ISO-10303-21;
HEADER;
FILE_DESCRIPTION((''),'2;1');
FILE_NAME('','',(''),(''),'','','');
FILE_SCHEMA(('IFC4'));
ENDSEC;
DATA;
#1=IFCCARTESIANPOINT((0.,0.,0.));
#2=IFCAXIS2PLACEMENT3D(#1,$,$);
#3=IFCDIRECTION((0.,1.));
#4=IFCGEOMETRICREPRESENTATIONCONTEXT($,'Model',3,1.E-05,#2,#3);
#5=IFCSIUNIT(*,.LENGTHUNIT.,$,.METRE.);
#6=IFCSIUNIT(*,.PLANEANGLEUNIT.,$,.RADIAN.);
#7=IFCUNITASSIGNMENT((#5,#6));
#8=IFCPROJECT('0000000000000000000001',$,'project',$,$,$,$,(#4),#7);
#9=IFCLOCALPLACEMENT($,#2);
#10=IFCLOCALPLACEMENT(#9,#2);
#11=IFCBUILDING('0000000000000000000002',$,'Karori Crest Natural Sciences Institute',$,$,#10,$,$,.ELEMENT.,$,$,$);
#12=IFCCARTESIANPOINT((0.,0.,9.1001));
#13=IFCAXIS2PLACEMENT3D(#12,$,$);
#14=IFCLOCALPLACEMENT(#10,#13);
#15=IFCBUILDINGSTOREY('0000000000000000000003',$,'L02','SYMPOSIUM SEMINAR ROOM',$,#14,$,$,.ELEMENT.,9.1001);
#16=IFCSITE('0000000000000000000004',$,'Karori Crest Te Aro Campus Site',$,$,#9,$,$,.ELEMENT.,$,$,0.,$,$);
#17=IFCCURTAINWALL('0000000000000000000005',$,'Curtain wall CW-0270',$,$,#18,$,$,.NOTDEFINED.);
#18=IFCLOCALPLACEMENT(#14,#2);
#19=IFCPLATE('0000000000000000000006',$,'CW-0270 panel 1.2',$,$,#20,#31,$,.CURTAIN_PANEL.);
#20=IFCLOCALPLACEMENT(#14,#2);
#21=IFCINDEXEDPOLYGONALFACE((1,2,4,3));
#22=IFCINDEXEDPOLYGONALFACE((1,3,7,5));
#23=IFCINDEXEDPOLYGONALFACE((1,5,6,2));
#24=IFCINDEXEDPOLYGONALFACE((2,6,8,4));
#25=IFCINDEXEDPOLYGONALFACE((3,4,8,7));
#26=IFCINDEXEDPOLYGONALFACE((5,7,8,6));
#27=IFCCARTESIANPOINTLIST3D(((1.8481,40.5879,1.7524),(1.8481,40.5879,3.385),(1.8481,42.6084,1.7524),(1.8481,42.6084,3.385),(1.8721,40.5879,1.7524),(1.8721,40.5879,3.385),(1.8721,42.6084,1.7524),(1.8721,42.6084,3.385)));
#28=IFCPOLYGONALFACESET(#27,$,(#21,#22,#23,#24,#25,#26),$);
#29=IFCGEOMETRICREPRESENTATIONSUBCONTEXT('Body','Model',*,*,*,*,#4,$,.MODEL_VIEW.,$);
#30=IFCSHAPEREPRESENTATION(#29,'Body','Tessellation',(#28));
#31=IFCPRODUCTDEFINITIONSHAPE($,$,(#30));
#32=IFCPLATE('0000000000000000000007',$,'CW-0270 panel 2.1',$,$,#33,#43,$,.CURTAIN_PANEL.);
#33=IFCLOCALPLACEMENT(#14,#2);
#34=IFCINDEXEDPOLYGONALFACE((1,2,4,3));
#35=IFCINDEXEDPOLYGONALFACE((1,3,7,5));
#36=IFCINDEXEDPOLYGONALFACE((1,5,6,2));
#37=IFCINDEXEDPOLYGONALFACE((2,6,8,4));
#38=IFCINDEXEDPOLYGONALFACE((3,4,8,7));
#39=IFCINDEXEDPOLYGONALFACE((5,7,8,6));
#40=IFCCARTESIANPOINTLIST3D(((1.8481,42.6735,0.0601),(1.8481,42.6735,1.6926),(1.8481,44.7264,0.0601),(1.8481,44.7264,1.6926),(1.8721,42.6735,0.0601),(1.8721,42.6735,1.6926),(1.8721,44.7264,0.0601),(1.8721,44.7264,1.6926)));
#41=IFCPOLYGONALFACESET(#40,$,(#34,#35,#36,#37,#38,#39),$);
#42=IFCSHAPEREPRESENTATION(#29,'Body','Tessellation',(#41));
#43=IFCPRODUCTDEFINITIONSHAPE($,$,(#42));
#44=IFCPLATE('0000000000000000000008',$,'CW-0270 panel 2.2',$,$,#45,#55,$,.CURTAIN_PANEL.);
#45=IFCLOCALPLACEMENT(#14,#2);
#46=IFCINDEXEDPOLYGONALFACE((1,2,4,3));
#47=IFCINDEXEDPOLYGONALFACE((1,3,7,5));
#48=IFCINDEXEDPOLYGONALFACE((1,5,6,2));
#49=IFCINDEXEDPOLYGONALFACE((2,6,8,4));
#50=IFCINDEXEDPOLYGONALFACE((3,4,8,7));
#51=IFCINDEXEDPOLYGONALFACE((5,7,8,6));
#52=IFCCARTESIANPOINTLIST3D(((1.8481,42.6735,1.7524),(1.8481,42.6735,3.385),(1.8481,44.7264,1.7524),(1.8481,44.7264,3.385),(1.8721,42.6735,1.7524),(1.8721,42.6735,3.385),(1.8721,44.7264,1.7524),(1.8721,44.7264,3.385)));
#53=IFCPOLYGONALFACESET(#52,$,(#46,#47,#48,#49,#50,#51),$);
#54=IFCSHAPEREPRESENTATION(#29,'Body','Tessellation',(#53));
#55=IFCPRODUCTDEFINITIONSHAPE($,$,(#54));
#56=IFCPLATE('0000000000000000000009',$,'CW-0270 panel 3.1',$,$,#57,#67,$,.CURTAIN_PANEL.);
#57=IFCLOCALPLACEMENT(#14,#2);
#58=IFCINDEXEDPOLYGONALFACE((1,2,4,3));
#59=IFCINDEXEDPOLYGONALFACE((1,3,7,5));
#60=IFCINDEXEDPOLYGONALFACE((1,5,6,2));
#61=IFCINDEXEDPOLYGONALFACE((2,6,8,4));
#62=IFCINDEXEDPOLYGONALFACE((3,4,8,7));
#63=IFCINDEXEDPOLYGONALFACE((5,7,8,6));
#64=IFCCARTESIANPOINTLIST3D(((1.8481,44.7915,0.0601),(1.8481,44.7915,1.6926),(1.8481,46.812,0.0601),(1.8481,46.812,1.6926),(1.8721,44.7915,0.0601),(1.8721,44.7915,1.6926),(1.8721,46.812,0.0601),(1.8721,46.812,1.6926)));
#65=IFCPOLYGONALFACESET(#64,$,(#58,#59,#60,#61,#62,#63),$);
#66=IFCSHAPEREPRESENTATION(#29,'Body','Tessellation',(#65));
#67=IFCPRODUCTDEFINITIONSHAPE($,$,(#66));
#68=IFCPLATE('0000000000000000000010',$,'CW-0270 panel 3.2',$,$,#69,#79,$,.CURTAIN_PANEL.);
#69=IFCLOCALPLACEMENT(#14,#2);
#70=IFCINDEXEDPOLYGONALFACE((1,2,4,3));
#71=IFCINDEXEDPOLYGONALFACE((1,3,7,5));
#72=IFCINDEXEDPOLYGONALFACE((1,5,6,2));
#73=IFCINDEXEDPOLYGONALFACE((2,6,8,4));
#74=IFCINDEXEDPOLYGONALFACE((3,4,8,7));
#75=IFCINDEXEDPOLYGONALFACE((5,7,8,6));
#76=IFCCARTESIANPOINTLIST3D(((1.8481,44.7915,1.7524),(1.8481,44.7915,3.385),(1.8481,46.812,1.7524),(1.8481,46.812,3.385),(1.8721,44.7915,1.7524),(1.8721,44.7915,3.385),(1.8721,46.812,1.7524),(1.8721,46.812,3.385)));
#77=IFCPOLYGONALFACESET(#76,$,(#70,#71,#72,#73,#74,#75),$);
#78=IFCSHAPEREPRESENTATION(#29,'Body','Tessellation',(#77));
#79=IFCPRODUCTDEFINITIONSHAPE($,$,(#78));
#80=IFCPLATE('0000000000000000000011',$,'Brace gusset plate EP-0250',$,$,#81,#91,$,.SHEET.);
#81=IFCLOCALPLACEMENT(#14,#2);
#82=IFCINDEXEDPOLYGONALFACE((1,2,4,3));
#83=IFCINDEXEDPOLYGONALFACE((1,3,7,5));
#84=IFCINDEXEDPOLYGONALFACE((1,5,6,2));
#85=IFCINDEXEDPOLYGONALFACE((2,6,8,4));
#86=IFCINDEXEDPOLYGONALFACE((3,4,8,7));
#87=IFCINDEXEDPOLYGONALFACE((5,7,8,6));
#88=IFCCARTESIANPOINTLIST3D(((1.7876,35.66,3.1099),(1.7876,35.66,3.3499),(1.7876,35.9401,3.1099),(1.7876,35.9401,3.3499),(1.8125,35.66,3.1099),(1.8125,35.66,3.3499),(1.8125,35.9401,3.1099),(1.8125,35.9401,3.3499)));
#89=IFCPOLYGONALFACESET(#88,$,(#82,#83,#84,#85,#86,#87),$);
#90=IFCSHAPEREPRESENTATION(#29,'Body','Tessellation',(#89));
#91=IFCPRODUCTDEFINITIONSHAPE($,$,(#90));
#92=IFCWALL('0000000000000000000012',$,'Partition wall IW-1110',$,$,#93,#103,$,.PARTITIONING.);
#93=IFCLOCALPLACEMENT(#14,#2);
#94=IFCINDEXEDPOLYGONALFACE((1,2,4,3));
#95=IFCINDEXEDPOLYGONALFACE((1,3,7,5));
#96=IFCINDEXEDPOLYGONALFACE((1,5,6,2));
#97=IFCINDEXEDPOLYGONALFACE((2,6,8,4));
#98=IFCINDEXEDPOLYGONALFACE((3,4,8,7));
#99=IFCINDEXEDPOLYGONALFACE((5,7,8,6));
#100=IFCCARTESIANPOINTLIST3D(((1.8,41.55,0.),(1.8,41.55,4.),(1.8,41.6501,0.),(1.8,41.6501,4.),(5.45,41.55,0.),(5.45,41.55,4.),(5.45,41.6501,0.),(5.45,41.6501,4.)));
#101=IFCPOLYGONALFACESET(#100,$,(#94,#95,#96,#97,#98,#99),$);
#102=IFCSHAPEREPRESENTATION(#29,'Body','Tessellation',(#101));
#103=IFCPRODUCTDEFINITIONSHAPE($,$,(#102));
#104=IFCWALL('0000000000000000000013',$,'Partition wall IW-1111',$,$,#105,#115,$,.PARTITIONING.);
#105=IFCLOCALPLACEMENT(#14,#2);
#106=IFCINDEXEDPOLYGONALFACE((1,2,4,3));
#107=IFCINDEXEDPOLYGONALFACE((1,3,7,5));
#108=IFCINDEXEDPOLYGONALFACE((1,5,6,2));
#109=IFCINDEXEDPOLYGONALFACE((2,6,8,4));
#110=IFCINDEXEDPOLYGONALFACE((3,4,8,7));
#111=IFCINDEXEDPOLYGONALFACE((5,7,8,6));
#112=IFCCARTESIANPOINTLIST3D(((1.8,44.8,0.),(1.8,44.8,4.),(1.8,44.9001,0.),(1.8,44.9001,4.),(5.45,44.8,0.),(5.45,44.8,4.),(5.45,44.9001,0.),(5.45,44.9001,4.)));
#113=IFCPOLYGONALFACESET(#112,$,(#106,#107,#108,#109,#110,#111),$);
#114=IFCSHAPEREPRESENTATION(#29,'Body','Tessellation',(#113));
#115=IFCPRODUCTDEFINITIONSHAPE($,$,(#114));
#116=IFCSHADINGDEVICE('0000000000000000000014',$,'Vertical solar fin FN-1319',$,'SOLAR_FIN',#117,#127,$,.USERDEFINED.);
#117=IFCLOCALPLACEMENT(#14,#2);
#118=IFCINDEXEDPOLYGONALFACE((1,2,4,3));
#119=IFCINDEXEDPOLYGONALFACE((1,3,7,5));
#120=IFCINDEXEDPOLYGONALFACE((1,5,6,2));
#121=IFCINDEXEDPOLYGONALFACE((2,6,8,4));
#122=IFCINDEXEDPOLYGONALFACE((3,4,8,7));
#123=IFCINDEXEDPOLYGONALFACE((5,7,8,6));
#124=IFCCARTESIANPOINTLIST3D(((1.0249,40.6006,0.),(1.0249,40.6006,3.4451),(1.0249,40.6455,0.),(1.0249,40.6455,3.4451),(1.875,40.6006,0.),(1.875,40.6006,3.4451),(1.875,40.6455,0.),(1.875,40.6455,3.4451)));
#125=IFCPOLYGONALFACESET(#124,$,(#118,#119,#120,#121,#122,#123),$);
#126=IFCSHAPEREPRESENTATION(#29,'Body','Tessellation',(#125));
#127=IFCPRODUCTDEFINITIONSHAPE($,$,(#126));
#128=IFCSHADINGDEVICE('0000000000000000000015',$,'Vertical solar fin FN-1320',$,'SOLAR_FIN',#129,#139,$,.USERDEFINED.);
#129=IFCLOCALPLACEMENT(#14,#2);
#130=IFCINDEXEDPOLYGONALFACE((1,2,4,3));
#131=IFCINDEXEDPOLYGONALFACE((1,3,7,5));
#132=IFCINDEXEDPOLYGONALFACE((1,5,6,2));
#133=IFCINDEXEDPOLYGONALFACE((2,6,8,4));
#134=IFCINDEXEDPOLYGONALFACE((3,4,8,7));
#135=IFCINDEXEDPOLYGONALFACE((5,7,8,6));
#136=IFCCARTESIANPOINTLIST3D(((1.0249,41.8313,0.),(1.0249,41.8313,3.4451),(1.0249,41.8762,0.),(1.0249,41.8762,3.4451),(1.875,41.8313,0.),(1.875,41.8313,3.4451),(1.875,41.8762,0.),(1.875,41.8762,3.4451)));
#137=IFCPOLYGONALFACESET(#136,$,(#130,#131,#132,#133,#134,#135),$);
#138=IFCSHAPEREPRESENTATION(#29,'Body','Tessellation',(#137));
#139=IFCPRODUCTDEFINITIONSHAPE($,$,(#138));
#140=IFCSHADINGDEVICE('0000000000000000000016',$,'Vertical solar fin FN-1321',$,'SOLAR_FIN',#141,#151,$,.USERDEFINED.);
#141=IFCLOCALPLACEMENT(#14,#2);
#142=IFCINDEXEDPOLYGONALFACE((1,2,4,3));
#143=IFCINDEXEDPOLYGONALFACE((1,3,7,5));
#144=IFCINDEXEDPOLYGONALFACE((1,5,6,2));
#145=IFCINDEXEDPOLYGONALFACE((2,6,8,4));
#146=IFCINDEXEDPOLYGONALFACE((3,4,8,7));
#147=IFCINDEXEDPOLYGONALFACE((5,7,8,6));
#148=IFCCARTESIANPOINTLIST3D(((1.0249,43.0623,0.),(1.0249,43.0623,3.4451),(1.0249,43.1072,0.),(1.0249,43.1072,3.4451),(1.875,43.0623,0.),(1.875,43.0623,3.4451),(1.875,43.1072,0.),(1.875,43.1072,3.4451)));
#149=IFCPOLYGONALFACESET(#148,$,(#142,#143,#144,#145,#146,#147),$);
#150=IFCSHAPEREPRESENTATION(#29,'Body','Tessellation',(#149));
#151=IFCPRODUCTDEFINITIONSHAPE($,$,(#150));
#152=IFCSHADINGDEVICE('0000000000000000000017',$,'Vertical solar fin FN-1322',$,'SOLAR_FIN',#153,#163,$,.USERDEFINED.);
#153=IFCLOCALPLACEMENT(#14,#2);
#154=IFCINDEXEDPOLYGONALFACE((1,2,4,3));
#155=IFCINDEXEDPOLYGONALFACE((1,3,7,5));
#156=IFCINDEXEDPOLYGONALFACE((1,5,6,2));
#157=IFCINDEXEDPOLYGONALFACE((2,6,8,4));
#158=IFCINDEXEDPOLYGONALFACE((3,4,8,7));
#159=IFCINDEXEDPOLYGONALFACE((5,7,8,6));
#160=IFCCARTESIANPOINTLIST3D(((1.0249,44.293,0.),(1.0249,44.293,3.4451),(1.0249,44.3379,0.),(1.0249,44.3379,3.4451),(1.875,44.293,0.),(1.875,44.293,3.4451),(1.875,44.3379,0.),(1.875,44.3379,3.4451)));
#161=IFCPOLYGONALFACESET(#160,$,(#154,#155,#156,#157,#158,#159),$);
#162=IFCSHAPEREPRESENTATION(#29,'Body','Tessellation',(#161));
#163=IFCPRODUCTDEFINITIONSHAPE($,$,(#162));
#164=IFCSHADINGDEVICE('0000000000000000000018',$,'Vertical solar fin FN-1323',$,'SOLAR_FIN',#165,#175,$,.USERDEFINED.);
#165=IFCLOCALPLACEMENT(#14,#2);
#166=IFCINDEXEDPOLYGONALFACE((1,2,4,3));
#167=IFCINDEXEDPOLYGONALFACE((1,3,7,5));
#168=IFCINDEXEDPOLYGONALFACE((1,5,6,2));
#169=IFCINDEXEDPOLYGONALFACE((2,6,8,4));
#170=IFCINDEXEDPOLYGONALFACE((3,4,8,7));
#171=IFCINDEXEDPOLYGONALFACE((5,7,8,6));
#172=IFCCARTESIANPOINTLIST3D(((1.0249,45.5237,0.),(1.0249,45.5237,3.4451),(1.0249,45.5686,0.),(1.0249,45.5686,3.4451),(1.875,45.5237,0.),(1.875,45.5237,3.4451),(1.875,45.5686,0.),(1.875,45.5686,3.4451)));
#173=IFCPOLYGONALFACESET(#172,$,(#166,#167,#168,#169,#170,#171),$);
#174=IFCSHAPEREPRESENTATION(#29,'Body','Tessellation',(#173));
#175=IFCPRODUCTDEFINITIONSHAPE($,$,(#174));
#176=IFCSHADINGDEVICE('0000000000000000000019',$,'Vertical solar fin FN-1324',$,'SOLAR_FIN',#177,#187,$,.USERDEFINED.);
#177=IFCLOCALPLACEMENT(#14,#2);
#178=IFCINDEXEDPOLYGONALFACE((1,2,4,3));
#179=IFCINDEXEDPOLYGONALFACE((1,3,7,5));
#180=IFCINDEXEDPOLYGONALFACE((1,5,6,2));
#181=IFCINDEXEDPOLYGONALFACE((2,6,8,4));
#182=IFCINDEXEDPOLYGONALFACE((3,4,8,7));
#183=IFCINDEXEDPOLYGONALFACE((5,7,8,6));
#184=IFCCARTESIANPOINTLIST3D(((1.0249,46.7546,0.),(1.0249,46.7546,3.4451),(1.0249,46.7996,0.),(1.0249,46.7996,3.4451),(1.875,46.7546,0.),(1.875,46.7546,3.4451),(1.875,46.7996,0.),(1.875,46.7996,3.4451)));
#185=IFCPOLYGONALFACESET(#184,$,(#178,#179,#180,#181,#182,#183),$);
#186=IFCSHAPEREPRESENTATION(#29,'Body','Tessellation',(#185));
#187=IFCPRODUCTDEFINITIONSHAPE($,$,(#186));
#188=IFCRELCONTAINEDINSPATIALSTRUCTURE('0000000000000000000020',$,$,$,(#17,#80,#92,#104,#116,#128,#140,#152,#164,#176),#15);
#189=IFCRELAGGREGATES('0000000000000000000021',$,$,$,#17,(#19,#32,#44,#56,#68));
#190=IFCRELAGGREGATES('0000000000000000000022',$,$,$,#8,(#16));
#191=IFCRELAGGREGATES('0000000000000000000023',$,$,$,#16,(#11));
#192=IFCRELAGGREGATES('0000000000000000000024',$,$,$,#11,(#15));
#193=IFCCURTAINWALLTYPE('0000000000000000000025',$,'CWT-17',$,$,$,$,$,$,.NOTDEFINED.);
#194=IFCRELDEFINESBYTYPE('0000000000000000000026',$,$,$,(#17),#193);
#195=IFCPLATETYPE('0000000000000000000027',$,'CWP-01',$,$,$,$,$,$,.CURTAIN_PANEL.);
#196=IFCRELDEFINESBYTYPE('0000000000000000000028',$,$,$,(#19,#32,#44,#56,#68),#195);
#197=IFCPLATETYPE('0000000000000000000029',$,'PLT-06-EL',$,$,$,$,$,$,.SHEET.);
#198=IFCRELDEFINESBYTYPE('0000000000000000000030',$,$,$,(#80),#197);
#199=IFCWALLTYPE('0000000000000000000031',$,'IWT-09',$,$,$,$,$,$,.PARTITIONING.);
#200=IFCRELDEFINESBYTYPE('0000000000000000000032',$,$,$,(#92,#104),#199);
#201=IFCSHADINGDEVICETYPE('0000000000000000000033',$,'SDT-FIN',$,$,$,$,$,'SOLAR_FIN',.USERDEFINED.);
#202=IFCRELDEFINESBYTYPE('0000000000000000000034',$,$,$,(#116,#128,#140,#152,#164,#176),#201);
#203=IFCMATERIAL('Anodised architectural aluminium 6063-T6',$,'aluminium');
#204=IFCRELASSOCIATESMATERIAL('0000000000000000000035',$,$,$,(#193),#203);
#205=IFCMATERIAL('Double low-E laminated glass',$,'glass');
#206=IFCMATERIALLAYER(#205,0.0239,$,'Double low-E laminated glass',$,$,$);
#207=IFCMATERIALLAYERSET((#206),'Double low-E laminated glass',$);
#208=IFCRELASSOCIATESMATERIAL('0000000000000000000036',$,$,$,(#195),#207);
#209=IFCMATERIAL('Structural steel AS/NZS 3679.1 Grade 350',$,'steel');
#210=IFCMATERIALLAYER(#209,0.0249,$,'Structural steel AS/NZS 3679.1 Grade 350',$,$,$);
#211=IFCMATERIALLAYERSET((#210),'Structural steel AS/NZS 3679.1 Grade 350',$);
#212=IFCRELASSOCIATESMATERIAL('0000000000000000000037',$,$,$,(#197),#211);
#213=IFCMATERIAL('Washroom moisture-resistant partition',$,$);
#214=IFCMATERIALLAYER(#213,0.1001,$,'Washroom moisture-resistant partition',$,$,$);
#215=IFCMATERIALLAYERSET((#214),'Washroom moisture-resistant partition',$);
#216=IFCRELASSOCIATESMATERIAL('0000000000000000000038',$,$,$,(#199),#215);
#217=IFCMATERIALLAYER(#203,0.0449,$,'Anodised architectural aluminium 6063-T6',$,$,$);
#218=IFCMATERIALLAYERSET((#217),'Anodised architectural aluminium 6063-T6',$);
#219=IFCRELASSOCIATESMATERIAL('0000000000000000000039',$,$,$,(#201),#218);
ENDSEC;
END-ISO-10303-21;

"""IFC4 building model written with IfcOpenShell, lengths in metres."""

from ifc_helpers import new_model, si_unit, direction, frame, frame_2d, origin, origin_2d, place, context, subcontext, project, spatial, rectangle, extrude, material, layer, layer_set, type_object, element, aggregate, save


model = new_model("IFC4")

# Units and contexts
model_context = context("Model", 3, precision=1e-05, world=origin(), true_north=direction((0.0, 1.0)))
body_context = subcontext(model_context, "Body", "Model", "MODEL_VIEW")
ifc_project = project(units=[si_unit("LENGTHUNIT", "METRE"), si_unit("PLANEANGLEUNIT", "RADIAN")], contexts=[model_context])

# Site, building, storey
site_placement = place(None, origin())
site = spatial("IfcSite", under=ifc_project, at=site_placement, Name="Karori Crest Te Aro Campus Site", CompositionType="ELEMENT", RefElevation=0.0)
building_placement = place(site_placement, origin())
building = spatial("IfcBuilding", under=site, at=building_placement, Name="Karori Crest Natural Sciences Institute", CompositionType="ELEMENT")
storey_placement = place(building_placement, frame((0.0, 0.0, 9.1001)))
storey = spatial("IfcBuildingStorey", under=building, at=storey_placement, Name="L02", Description="SYMPOSIUM SEMINAR ROOM", CompositionType="ELEMENT", Elevation=9.1001)

# Shared definitions
ifc_material_1 = material(Name="Structural steel AS/NZS 3679.1 Grade 350", Category="steel")

# Curtain wall
ifc_material_2 = material(Name="Anodised architectural aluminium 6063-T6", Category="aluminium")
curtain_wall_type = type_object("IfcCurtainWallType", Name="CWT-17", PredefinedType="NOTDEFINED", material=ifc_material_2)
curtain_wall_1_placement = place(storey_placement, origin())
curtain_wall_1 = element("IfcCurtainWall", 1, at=curtain_wall_1_placement, inside=storey, type_object=curtain_wall_type, Name="Curtain wall CW-0270", PredefinedType="NOTDEFINED")

# Plates
ifc_material_3 = material(Name="Double low-E laminated glass", Category="glass")
ifc_layer_1 = layer(ifc_material_3, 0.0239, Name="Double low-E laminated glass")
ifc_layer_set_1 = layer_set([ifc_layer_1], Name="Double low-E laminated glass")
plate_type_1 = type_object("IfcPlateType", Name="CWP-01", PredefinedType="CURTAIN_PANEL", material=ifc_layer_set_1)
plate_1_placement = place(storey_placement, frame((1.8601, 41.5981, 1.7524), z_axis=(0.0, 0.0, 1.0), x_axis=(0.0, 1.0, 0.0)))
plate_1 = element("IfcPlate", 2, at=plate_1_placement, type_object=plate_type_1, Name="CW-0270 panel 1.2", PredefinedType="CURTAIN_PANEL", context=body_context, shape_type="SweptSolid", body=[
    extrude(rectangle(XDim=2.0205, YDim=0.0239, at=origin_2d()), origin(), (0.0, 0.0, 1.0), 1.6326),
])
plate_2_placement = place(storey_placement, frame((1.8601, 43.7, 0.0601), z_axis=(0.0, 0.0, 1.0), x_axis=(0.0, 1.0, 0.0)))
plate_2 = element("IfcPlate", 3, at=plate_2_placement, type_object=plate_type_1, Name="CW-0270 panel 2.1", PredefinedType="CURTAIN_PANEL", context=body_context, shape_type="SweptSolid", body=[
    extrude(rectangle(XDim=2.053, YDim=0.0239, at=origin_2d()), origin(), (0.0, 0.0, 1.0), 1.6326),
])
plate_3_placement = place(storey_placement, frame((1.8601, 43.7, 1.7524), z_axis=(0.0, 0.0, 1.0), x_axis=(0.0, 1.0, 0.0)))
plate_3 = element("IfcPlate", 4, at=plate_3_placement, type_object=plate_type_1, Name="CW-0270 panel 2.2", PredefinedType="CURTAIN_PANEL", context=body_context, shape_type="SweptSolid", body=[
    extrude(rectangle(XDim=2.053, YDim=0.0239, at=origin_2d()), origin(), (0.0, 0.0, 1.0), 1.6326),
])
plate_4_placement = place(storey_placement, frame((1.8601, 45.8018, 0.0601), z_axis=(0.0, 0.0, 1.0), x_axis=(0.0, 1.0, 0.0)))
plate_4 = element("IfcPlate", 5, at=plate_4_placement, type_object=plate_type_1, Name="CW-0270 panel 3.1", PredefinedType="CURTAIN_PANEL", context=body_context, shape_type="SweptSolid", body=[
    extrude(rectangle(XDim=2.0205, YDim=0.0239, at=origin_2d()), origin(), (0.0, 0.0, 1.0), 1.6326),
])
plate_5_placement = place(storey_placement, frame((1.8601, 45.8018, 1.7524), z_axis=(0.0, 0.0, 1.0), x_axis=(0.0, 1.0, 0.0)))
plate_5 = element("IfcPlate", 6, at=plate_5_placement, type_object=plate_type_1, Name="CW-0270 panel 3.2", PredefinedType="CURTAIN_PANEL", context=body_context, shape_type="SweptSolid", body=[
    extrude(rectangle(XDim=2.0205, YDim=0.0239, at=origin_2d()), origin(), (0.0, 0.0, 1.0), 1.6326),
])
aggregate(curtain_wall_1, [plate_1, plate_2, plate_3, plate_4, plate_5])
ifc_layer_2 = layer(ifc_material_1, 0.0249, Name="Structural steel AS/NZS 3679.1 Grade 350")
ifc_layer_set_2 = layer_set([ifc_layer_2], Name="Structural steel AS/NZS 3679.1 Grade 350")
plate_type_2 = type_object("IfcPlateType", Name="PLT-06-EL", PredefinedType="SHEET", material=ifc_layer_set_2)
plate_6_placement = place(storey_placement, frame((1.8, 35.8, 3.1099), z_axis=(0.0, 0.0, 1.0), x_axis=(0.0, 1.0, 0.0)))
element("IfcPlate", 7, at=plate_6_placement, inside=storey, type_object=plate_type_2, Name="Brace gusset plate EP-0250", PredefinedType="SHEET", context=body_context, shape_type="SweptSolid", body=[
    extrude(rectangle(XDim=0.28, YDim=0.0249, at=origin_2d()), origin(), (0.0, 0.0, 1.0), 0.24),
])

# Walls
ifc_material_4 = material(Name="Washroom moisture-resistant partition")
ifc_layer_3 = layer(ifc_material_4, 0.1001, Name="Washroom moisture-resistant partition")
ifc_layer_set_3 = layer_set([ifc_layer_3], Name="Washroom moisture-resistant partition")
wall_type = type_object("IfcWallType", Name="IWT-09", PredefinedType="PARTITIONING", material=ifc_layer_set_3)
for number, where, z_axis, x_axis, name in (
    (8, (1.8, 41.6001, 0.0), (0.0, 0.0, 1.0), (1.0, 0.0, 0.0), "Partition wall IW-1110"),
    (9, (1.8, 44.8501, 0.0), (0.0, 0.0, 1.0), (1.0, 0.0, 0.0), "Partition wall IW-1111"),
):
    element("IfcWall", number, at=place(storey_placement, frame(where, z_axis=z_axis, x_axis=x_axis)), inside=storey, type_object=wall_type, Name=name, PredefinedType="PARTITIONING", context=body_context, shape_type="SweptSolid", body=[
        extrude(rectangle(XDim=3.6499, YDim=0.1001, at=frame_2d((1.825, 0.0))), origin(), (0.0, 0.0, 1.0), 4.0),
    ])

# Shading devices
ifc_layer_4 = layer(ifc_material_2, 0.0449, Name="Anodised architectural aluminium 6063-T6")
ifc_layer_set_4 = layer_set([ifc_layer_4], Name="Anodised architectural aluminium 6063-T6")
shading_device_type = type_object("IfcShadingDeviceType", Name="SDT-FIN", ElementType="SOLAR_FIN", PredefinedType="USERDEFINED", material=ifc_layer_set_4)
for number, where, z_axis, x_axis, name in (
    (10, (1.45, 40.623, 0.0), (0.0, 0.0, 1.0), (-1.0, 0.0, 0.0), "Vertical solar fin FN-1319"),
    (11, (1.45, 41.8538, 0.0), (0.0, 0.0, 1.0), (-1.0, 0.0, 0.0), "Vertical solar fin FN-1320"),
    (12, (1.45, 43.0847, 0.0), (0.0, 0.0, 1.0), (-1.0, 0.0, 0.0), "Vertical solar fin FN-1321"),
    (13, (1.45, 44.3154, 0.0), (0.0, 0.0, 1.0), (-1.0, 0.0, 0.0), "Vertical solar fin FN-1322"),
    (14, (1.45, 45.5461, 0.0), (0.0, 0.0, 1.0), (-1.0, 0.0, 0.0), "Vertical solar fin FN-1323"),
    (15, (1.45, 46.7771, 0.0), (0.0, 0.0, 1.0), (-1.0, 0.0, 0.0), "Vertical solar fin FN-1324"),
):
    element("IfcShadingDevice", number, at=place(storey_placement, frame(where, z_axis=z_axis, x_axis=x_axis)), inside=storey, type_object=shading_device_type, Name=name, ObjectType="SOLAR_FIN", PredefinedType="USERDEFINED", context=body_context, shape_type="SweptSolid", body=[
        extrude(rectangle(XDim=0.8501, YDim=0.0449, at=origin_2d()), origin(), (0.0, 0.0, 1.0), 3.4451),
    ])

save(model, "model.ifc")
